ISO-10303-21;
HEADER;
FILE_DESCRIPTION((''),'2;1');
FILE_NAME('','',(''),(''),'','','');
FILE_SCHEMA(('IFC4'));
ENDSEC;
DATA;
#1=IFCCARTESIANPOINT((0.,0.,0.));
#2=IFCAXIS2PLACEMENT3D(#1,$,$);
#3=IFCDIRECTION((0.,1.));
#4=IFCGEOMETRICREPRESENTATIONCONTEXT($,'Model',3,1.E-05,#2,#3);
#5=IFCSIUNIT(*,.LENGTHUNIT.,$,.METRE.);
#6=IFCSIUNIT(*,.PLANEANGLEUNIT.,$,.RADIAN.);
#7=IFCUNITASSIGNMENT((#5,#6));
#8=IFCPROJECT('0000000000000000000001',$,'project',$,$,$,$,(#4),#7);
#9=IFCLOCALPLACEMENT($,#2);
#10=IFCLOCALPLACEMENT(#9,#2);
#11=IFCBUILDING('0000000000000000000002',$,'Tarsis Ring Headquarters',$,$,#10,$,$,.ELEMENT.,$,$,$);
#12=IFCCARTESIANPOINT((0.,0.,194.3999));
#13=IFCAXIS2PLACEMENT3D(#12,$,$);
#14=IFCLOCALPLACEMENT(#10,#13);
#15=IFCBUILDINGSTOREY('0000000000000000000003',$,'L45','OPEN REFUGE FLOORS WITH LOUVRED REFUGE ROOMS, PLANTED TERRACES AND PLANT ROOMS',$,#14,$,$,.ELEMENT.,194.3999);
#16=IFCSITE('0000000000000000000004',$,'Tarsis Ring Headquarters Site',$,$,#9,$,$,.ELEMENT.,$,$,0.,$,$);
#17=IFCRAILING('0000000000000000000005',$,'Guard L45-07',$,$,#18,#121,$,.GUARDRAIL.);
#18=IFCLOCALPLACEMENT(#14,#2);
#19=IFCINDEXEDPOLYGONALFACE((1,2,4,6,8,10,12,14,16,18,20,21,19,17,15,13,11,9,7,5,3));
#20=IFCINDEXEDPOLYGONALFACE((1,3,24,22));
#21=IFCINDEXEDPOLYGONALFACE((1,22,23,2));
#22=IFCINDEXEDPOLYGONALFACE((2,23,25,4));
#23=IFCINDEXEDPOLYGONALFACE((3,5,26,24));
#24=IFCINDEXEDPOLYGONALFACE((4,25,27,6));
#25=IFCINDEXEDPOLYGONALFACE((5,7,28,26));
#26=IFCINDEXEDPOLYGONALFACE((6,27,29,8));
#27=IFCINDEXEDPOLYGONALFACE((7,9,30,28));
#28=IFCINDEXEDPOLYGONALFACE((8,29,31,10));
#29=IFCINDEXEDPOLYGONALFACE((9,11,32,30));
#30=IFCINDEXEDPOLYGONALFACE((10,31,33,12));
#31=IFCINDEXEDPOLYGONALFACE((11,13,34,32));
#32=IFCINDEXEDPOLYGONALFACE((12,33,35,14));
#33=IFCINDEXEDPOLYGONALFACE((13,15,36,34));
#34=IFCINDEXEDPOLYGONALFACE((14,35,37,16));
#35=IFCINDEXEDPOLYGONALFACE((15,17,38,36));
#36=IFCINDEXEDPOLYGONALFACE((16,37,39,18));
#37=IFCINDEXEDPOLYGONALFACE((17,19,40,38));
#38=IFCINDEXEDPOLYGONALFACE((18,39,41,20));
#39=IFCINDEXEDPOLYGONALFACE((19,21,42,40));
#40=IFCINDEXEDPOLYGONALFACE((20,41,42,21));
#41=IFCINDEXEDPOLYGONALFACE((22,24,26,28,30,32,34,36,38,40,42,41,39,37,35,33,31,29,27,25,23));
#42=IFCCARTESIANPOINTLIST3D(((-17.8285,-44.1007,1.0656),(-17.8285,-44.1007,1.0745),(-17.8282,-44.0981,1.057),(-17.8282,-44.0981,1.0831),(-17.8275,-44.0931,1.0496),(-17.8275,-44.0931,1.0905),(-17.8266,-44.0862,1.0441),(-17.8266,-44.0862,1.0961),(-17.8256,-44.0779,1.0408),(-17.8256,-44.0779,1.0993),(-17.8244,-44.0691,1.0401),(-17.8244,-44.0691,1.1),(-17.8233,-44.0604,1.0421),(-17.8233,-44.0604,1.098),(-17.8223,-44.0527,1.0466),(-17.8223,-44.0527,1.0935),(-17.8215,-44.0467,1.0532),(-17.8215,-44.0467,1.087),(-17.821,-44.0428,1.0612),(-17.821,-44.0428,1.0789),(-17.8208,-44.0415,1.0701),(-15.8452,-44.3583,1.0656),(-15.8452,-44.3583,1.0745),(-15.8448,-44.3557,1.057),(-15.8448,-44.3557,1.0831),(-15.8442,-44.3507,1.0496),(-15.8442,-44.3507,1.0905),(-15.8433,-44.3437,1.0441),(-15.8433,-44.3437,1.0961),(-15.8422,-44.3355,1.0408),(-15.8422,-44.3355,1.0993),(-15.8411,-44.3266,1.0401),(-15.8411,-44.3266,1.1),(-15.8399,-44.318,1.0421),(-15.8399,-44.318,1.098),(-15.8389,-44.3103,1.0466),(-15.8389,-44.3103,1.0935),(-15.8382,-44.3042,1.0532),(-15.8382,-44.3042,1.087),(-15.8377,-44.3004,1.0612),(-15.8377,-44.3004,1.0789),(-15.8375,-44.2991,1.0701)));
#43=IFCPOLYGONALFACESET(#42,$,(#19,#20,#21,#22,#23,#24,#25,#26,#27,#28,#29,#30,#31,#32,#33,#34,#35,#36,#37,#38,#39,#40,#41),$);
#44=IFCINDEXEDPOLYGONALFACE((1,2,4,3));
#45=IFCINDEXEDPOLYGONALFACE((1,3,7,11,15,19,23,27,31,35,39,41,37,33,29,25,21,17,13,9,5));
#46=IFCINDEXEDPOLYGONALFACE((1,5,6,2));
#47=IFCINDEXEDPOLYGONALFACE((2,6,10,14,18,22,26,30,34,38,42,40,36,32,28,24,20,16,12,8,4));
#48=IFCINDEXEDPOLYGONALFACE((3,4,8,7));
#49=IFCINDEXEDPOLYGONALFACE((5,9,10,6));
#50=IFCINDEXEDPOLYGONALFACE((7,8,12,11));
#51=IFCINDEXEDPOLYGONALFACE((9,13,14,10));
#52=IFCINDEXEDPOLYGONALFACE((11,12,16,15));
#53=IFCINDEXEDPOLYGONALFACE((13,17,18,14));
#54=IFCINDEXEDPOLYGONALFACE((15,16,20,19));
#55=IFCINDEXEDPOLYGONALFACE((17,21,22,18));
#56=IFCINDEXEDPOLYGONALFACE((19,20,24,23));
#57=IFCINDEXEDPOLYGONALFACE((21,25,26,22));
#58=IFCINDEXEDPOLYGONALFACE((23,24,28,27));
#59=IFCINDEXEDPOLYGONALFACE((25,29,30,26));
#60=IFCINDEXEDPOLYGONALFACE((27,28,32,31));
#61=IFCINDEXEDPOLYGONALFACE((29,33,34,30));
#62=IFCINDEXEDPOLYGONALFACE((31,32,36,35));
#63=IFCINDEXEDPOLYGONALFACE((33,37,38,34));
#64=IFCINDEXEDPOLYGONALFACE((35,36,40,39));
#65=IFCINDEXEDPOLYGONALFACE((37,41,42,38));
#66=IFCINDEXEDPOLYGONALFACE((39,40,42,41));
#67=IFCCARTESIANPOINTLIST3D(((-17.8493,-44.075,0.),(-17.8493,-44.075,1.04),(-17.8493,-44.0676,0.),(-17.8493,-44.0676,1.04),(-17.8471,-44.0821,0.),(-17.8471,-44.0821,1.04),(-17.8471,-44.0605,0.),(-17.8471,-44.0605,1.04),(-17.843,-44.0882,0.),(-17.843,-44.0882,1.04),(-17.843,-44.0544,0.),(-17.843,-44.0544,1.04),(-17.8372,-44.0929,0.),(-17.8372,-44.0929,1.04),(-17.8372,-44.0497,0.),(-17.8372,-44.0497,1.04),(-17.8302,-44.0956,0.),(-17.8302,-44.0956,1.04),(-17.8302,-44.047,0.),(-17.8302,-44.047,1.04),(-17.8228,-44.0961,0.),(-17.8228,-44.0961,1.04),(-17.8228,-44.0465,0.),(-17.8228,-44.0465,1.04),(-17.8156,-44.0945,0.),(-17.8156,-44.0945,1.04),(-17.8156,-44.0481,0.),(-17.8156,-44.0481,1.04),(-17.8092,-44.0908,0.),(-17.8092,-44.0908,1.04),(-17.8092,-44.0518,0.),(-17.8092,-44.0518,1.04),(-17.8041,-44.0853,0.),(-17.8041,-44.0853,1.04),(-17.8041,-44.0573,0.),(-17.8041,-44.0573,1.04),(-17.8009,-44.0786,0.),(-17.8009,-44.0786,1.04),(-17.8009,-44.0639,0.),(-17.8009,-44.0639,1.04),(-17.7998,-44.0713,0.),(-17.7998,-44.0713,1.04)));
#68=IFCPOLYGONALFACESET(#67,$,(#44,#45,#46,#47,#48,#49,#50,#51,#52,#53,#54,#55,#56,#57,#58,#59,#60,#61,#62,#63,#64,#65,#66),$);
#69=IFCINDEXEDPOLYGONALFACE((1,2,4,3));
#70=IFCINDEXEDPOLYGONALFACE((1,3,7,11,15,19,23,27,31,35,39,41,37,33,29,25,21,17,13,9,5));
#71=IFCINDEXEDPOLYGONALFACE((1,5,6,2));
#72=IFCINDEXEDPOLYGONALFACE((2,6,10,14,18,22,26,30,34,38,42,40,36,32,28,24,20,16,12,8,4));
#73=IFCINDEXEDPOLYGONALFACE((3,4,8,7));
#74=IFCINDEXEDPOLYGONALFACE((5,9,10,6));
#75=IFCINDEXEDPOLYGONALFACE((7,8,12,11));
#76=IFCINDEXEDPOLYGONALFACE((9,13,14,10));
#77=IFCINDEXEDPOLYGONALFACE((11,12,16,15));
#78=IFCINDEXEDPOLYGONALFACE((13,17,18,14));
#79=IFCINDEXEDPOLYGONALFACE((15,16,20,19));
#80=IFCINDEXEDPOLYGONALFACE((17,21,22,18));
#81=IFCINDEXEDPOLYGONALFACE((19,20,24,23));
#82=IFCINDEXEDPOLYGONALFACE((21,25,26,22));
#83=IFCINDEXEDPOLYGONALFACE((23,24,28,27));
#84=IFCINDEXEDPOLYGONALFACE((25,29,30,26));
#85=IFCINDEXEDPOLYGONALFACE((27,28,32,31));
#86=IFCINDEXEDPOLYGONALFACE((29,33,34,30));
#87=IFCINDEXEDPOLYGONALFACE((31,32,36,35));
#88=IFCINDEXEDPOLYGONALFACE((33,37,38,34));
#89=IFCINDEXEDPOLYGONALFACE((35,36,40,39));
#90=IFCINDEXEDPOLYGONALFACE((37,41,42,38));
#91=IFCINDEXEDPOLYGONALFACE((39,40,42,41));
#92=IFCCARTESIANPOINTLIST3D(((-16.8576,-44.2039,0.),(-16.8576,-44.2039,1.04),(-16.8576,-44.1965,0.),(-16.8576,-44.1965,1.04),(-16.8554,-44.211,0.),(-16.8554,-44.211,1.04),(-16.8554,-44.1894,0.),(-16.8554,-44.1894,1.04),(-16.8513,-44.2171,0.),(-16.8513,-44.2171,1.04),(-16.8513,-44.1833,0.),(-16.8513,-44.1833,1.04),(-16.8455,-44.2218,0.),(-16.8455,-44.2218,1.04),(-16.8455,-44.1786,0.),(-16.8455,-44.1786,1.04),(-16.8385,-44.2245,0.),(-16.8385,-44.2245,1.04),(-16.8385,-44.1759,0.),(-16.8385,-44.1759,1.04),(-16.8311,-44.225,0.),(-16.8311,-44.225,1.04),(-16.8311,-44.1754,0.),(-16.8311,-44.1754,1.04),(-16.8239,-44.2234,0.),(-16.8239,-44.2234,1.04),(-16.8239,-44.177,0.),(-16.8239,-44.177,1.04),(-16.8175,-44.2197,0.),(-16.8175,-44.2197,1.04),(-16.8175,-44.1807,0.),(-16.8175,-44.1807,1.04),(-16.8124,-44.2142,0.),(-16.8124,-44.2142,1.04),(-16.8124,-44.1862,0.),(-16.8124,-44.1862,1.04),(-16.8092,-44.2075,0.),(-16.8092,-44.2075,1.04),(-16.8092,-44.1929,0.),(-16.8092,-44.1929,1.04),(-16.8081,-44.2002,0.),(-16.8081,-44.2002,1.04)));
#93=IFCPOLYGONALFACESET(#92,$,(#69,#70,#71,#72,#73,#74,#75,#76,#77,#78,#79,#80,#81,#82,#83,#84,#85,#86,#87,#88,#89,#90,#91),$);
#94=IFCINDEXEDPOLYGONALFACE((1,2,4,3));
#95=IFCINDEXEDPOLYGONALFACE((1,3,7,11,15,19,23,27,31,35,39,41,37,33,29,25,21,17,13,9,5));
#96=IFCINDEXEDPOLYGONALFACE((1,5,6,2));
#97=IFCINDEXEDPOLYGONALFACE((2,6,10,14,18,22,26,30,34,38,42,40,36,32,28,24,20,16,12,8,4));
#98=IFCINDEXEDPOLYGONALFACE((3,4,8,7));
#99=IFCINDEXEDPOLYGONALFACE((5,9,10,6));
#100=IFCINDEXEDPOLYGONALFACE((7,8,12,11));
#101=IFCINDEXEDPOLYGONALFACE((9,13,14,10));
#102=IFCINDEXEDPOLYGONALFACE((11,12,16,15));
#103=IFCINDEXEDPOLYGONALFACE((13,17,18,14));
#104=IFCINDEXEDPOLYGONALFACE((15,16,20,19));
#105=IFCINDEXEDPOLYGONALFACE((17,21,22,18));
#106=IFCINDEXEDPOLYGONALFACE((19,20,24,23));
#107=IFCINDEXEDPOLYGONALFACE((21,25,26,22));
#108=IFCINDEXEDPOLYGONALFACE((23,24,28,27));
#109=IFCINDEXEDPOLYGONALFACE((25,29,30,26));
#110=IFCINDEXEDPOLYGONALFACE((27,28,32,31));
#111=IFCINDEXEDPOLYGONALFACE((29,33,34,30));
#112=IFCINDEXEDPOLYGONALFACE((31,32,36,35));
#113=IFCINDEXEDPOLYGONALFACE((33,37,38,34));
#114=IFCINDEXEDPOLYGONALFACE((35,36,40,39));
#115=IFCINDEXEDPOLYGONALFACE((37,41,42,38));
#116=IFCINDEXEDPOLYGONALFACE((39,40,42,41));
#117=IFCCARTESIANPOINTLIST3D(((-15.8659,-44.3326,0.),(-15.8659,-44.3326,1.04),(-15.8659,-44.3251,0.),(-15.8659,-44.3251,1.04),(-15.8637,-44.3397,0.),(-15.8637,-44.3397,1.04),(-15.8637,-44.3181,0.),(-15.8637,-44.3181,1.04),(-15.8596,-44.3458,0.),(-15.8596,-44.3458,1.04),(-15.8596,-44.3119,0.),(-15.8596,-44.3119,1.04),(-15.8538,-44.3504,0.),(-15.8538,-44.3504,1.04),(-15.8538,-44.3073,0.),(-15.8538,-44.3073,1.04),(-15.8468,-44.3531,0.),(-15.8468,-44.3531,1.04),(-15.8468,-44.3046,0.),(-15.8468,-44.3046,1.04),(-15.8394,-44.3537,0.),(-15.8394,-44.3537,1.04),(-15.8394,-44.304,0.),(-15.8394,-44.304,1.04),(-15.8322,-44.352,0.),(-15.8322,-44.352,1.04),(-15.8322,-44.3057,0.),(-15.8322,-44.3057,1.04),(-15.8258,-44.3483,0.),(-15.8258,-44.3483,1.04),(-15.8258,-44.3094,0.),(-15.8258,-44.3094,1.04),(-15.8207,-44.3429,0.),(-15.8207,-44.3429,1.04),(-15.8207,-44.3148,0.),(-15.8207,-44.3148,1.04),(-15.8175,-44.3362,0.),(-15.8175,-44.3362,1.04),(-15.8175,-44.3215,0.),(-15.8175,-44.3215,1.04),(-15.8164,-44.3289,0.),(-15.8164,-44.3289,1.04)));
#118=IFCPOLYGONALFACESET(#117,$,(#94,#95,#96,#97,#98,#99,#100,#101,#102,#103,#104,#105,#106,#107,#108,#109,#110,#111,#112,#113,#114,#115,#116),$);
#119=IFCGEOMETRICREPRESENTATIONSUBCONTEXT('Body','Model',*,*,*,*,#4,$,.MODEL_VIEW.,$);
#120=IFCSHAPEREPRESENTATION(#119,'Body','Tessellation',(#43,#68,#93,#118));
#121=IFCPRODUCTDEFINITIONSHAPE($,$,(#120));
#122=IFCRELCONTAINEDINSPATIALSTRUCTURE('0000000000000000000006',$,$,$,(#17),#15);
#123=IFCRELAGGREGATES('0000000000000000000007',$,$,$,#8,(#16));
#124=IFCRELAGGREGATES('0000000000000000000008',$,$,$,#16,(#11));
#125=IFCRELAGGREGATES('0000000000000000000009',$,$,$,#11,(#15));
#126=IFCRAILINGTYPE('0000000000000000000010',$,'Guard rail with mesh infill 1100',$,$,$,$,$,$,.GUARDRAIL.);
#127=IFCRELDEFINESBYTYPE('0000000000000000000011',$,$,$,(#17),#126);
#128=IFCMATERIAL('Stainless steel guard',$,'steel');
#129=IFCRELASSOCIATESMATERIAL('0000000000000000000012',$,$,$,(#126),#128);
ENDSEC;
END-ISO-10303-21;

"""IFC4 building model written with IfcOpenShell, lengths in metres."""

from ifc_helpers import new_model, si_unit, direction, frame, origin, origin_2d, place, context, subcontext, project, spatial, circle, extrude, material, type_object, element, save


model = new_model("IFC4")

# Units and contexts
model_context = context("Model", 3, precision=1e-05, world=origin(), true_north=direction((0.0, 1.0)))
body_context = subcontext(model_context, "Body", "Model", "MODEL_VIEW")
ifc_project = project(units=[si_unit("LENGTHUNIT", "METRE"), si_unit("PLANEANGLEUNIT", "RADIAN")], contexts=[model_context])

# Site, building, storey
site_placement = place(None, origin())
site = spatial("IfcSite", under=ifc_project, at=site_placement, Name="Tarsis Ring Headquarters Site", CompositionType="ELEMENT", RefElevation=0.0)
building_placement = place(site_placement, origin())
building = spatial("IfcBuilding", under=site, at=building_placement, Name="Tarsis Ring Headquarters", CompositionType="ELEMENT")
storey_placement = place(building_placement, frame((0.0, 0.0, 194.3999)))
storey = spatial("IfcBuildingStorey", under=building, at=storey_placement, Name="L45", Description="OPEN REFUGE FLOORS WITH LOUVRED REFUGE ROOMS, PLANTED TERRACES AND PLANT ROOMS", CompositionType="ELEMENT", Elevation=194.3999)

# Railing
ifc_material_1 = material(Name="Stainless steel guard", Category="steel")
railing_type_1 = type_object("IfcRailingType", Name="Guard rail with mesh infill 1100", PredefinedType="GUARDRAIL", material=ifc_material_1)
railing_1_placement = place(storey_placement, frame((-17.8247, -44.0713, 0.0)))
element("IfcRailing", 1, at=railing_1_placement, inside=storey, type_object=railing_type_1, Name="Guard L45-07", PredefinedType="GUARDRAIL", context=body_context, shape_type="SweptSolid", body=[
    extrude(circle(Radius=0.03, at=origin_2d()), frame((0.0, 0.0, 1.0701), z_axis=(0.991673, -0.128781, 0.0), x_axis=(0.128781, 0.991673, 0.0)), (0.0, 0.0, 1.0), 2.0),
    extrude(circle(Radius=0.0249, at=origin_2d()), origin(), (0.0, 0.0, 1.0), 1.04),
    extrude(circle(Radius=0.0249, at=origin_2d()), frame((0.9917, -0.1289, 0.0)), (0.0, 0.0, 1.0), 1.04),
    extrude(circle(Radius=0.0249, at=origin_2d()), frame((1.9834, -0.2576, 0.0)), (0.0, 0.0, 1.0), 1.04),
])

save(model, "model.ifc")
